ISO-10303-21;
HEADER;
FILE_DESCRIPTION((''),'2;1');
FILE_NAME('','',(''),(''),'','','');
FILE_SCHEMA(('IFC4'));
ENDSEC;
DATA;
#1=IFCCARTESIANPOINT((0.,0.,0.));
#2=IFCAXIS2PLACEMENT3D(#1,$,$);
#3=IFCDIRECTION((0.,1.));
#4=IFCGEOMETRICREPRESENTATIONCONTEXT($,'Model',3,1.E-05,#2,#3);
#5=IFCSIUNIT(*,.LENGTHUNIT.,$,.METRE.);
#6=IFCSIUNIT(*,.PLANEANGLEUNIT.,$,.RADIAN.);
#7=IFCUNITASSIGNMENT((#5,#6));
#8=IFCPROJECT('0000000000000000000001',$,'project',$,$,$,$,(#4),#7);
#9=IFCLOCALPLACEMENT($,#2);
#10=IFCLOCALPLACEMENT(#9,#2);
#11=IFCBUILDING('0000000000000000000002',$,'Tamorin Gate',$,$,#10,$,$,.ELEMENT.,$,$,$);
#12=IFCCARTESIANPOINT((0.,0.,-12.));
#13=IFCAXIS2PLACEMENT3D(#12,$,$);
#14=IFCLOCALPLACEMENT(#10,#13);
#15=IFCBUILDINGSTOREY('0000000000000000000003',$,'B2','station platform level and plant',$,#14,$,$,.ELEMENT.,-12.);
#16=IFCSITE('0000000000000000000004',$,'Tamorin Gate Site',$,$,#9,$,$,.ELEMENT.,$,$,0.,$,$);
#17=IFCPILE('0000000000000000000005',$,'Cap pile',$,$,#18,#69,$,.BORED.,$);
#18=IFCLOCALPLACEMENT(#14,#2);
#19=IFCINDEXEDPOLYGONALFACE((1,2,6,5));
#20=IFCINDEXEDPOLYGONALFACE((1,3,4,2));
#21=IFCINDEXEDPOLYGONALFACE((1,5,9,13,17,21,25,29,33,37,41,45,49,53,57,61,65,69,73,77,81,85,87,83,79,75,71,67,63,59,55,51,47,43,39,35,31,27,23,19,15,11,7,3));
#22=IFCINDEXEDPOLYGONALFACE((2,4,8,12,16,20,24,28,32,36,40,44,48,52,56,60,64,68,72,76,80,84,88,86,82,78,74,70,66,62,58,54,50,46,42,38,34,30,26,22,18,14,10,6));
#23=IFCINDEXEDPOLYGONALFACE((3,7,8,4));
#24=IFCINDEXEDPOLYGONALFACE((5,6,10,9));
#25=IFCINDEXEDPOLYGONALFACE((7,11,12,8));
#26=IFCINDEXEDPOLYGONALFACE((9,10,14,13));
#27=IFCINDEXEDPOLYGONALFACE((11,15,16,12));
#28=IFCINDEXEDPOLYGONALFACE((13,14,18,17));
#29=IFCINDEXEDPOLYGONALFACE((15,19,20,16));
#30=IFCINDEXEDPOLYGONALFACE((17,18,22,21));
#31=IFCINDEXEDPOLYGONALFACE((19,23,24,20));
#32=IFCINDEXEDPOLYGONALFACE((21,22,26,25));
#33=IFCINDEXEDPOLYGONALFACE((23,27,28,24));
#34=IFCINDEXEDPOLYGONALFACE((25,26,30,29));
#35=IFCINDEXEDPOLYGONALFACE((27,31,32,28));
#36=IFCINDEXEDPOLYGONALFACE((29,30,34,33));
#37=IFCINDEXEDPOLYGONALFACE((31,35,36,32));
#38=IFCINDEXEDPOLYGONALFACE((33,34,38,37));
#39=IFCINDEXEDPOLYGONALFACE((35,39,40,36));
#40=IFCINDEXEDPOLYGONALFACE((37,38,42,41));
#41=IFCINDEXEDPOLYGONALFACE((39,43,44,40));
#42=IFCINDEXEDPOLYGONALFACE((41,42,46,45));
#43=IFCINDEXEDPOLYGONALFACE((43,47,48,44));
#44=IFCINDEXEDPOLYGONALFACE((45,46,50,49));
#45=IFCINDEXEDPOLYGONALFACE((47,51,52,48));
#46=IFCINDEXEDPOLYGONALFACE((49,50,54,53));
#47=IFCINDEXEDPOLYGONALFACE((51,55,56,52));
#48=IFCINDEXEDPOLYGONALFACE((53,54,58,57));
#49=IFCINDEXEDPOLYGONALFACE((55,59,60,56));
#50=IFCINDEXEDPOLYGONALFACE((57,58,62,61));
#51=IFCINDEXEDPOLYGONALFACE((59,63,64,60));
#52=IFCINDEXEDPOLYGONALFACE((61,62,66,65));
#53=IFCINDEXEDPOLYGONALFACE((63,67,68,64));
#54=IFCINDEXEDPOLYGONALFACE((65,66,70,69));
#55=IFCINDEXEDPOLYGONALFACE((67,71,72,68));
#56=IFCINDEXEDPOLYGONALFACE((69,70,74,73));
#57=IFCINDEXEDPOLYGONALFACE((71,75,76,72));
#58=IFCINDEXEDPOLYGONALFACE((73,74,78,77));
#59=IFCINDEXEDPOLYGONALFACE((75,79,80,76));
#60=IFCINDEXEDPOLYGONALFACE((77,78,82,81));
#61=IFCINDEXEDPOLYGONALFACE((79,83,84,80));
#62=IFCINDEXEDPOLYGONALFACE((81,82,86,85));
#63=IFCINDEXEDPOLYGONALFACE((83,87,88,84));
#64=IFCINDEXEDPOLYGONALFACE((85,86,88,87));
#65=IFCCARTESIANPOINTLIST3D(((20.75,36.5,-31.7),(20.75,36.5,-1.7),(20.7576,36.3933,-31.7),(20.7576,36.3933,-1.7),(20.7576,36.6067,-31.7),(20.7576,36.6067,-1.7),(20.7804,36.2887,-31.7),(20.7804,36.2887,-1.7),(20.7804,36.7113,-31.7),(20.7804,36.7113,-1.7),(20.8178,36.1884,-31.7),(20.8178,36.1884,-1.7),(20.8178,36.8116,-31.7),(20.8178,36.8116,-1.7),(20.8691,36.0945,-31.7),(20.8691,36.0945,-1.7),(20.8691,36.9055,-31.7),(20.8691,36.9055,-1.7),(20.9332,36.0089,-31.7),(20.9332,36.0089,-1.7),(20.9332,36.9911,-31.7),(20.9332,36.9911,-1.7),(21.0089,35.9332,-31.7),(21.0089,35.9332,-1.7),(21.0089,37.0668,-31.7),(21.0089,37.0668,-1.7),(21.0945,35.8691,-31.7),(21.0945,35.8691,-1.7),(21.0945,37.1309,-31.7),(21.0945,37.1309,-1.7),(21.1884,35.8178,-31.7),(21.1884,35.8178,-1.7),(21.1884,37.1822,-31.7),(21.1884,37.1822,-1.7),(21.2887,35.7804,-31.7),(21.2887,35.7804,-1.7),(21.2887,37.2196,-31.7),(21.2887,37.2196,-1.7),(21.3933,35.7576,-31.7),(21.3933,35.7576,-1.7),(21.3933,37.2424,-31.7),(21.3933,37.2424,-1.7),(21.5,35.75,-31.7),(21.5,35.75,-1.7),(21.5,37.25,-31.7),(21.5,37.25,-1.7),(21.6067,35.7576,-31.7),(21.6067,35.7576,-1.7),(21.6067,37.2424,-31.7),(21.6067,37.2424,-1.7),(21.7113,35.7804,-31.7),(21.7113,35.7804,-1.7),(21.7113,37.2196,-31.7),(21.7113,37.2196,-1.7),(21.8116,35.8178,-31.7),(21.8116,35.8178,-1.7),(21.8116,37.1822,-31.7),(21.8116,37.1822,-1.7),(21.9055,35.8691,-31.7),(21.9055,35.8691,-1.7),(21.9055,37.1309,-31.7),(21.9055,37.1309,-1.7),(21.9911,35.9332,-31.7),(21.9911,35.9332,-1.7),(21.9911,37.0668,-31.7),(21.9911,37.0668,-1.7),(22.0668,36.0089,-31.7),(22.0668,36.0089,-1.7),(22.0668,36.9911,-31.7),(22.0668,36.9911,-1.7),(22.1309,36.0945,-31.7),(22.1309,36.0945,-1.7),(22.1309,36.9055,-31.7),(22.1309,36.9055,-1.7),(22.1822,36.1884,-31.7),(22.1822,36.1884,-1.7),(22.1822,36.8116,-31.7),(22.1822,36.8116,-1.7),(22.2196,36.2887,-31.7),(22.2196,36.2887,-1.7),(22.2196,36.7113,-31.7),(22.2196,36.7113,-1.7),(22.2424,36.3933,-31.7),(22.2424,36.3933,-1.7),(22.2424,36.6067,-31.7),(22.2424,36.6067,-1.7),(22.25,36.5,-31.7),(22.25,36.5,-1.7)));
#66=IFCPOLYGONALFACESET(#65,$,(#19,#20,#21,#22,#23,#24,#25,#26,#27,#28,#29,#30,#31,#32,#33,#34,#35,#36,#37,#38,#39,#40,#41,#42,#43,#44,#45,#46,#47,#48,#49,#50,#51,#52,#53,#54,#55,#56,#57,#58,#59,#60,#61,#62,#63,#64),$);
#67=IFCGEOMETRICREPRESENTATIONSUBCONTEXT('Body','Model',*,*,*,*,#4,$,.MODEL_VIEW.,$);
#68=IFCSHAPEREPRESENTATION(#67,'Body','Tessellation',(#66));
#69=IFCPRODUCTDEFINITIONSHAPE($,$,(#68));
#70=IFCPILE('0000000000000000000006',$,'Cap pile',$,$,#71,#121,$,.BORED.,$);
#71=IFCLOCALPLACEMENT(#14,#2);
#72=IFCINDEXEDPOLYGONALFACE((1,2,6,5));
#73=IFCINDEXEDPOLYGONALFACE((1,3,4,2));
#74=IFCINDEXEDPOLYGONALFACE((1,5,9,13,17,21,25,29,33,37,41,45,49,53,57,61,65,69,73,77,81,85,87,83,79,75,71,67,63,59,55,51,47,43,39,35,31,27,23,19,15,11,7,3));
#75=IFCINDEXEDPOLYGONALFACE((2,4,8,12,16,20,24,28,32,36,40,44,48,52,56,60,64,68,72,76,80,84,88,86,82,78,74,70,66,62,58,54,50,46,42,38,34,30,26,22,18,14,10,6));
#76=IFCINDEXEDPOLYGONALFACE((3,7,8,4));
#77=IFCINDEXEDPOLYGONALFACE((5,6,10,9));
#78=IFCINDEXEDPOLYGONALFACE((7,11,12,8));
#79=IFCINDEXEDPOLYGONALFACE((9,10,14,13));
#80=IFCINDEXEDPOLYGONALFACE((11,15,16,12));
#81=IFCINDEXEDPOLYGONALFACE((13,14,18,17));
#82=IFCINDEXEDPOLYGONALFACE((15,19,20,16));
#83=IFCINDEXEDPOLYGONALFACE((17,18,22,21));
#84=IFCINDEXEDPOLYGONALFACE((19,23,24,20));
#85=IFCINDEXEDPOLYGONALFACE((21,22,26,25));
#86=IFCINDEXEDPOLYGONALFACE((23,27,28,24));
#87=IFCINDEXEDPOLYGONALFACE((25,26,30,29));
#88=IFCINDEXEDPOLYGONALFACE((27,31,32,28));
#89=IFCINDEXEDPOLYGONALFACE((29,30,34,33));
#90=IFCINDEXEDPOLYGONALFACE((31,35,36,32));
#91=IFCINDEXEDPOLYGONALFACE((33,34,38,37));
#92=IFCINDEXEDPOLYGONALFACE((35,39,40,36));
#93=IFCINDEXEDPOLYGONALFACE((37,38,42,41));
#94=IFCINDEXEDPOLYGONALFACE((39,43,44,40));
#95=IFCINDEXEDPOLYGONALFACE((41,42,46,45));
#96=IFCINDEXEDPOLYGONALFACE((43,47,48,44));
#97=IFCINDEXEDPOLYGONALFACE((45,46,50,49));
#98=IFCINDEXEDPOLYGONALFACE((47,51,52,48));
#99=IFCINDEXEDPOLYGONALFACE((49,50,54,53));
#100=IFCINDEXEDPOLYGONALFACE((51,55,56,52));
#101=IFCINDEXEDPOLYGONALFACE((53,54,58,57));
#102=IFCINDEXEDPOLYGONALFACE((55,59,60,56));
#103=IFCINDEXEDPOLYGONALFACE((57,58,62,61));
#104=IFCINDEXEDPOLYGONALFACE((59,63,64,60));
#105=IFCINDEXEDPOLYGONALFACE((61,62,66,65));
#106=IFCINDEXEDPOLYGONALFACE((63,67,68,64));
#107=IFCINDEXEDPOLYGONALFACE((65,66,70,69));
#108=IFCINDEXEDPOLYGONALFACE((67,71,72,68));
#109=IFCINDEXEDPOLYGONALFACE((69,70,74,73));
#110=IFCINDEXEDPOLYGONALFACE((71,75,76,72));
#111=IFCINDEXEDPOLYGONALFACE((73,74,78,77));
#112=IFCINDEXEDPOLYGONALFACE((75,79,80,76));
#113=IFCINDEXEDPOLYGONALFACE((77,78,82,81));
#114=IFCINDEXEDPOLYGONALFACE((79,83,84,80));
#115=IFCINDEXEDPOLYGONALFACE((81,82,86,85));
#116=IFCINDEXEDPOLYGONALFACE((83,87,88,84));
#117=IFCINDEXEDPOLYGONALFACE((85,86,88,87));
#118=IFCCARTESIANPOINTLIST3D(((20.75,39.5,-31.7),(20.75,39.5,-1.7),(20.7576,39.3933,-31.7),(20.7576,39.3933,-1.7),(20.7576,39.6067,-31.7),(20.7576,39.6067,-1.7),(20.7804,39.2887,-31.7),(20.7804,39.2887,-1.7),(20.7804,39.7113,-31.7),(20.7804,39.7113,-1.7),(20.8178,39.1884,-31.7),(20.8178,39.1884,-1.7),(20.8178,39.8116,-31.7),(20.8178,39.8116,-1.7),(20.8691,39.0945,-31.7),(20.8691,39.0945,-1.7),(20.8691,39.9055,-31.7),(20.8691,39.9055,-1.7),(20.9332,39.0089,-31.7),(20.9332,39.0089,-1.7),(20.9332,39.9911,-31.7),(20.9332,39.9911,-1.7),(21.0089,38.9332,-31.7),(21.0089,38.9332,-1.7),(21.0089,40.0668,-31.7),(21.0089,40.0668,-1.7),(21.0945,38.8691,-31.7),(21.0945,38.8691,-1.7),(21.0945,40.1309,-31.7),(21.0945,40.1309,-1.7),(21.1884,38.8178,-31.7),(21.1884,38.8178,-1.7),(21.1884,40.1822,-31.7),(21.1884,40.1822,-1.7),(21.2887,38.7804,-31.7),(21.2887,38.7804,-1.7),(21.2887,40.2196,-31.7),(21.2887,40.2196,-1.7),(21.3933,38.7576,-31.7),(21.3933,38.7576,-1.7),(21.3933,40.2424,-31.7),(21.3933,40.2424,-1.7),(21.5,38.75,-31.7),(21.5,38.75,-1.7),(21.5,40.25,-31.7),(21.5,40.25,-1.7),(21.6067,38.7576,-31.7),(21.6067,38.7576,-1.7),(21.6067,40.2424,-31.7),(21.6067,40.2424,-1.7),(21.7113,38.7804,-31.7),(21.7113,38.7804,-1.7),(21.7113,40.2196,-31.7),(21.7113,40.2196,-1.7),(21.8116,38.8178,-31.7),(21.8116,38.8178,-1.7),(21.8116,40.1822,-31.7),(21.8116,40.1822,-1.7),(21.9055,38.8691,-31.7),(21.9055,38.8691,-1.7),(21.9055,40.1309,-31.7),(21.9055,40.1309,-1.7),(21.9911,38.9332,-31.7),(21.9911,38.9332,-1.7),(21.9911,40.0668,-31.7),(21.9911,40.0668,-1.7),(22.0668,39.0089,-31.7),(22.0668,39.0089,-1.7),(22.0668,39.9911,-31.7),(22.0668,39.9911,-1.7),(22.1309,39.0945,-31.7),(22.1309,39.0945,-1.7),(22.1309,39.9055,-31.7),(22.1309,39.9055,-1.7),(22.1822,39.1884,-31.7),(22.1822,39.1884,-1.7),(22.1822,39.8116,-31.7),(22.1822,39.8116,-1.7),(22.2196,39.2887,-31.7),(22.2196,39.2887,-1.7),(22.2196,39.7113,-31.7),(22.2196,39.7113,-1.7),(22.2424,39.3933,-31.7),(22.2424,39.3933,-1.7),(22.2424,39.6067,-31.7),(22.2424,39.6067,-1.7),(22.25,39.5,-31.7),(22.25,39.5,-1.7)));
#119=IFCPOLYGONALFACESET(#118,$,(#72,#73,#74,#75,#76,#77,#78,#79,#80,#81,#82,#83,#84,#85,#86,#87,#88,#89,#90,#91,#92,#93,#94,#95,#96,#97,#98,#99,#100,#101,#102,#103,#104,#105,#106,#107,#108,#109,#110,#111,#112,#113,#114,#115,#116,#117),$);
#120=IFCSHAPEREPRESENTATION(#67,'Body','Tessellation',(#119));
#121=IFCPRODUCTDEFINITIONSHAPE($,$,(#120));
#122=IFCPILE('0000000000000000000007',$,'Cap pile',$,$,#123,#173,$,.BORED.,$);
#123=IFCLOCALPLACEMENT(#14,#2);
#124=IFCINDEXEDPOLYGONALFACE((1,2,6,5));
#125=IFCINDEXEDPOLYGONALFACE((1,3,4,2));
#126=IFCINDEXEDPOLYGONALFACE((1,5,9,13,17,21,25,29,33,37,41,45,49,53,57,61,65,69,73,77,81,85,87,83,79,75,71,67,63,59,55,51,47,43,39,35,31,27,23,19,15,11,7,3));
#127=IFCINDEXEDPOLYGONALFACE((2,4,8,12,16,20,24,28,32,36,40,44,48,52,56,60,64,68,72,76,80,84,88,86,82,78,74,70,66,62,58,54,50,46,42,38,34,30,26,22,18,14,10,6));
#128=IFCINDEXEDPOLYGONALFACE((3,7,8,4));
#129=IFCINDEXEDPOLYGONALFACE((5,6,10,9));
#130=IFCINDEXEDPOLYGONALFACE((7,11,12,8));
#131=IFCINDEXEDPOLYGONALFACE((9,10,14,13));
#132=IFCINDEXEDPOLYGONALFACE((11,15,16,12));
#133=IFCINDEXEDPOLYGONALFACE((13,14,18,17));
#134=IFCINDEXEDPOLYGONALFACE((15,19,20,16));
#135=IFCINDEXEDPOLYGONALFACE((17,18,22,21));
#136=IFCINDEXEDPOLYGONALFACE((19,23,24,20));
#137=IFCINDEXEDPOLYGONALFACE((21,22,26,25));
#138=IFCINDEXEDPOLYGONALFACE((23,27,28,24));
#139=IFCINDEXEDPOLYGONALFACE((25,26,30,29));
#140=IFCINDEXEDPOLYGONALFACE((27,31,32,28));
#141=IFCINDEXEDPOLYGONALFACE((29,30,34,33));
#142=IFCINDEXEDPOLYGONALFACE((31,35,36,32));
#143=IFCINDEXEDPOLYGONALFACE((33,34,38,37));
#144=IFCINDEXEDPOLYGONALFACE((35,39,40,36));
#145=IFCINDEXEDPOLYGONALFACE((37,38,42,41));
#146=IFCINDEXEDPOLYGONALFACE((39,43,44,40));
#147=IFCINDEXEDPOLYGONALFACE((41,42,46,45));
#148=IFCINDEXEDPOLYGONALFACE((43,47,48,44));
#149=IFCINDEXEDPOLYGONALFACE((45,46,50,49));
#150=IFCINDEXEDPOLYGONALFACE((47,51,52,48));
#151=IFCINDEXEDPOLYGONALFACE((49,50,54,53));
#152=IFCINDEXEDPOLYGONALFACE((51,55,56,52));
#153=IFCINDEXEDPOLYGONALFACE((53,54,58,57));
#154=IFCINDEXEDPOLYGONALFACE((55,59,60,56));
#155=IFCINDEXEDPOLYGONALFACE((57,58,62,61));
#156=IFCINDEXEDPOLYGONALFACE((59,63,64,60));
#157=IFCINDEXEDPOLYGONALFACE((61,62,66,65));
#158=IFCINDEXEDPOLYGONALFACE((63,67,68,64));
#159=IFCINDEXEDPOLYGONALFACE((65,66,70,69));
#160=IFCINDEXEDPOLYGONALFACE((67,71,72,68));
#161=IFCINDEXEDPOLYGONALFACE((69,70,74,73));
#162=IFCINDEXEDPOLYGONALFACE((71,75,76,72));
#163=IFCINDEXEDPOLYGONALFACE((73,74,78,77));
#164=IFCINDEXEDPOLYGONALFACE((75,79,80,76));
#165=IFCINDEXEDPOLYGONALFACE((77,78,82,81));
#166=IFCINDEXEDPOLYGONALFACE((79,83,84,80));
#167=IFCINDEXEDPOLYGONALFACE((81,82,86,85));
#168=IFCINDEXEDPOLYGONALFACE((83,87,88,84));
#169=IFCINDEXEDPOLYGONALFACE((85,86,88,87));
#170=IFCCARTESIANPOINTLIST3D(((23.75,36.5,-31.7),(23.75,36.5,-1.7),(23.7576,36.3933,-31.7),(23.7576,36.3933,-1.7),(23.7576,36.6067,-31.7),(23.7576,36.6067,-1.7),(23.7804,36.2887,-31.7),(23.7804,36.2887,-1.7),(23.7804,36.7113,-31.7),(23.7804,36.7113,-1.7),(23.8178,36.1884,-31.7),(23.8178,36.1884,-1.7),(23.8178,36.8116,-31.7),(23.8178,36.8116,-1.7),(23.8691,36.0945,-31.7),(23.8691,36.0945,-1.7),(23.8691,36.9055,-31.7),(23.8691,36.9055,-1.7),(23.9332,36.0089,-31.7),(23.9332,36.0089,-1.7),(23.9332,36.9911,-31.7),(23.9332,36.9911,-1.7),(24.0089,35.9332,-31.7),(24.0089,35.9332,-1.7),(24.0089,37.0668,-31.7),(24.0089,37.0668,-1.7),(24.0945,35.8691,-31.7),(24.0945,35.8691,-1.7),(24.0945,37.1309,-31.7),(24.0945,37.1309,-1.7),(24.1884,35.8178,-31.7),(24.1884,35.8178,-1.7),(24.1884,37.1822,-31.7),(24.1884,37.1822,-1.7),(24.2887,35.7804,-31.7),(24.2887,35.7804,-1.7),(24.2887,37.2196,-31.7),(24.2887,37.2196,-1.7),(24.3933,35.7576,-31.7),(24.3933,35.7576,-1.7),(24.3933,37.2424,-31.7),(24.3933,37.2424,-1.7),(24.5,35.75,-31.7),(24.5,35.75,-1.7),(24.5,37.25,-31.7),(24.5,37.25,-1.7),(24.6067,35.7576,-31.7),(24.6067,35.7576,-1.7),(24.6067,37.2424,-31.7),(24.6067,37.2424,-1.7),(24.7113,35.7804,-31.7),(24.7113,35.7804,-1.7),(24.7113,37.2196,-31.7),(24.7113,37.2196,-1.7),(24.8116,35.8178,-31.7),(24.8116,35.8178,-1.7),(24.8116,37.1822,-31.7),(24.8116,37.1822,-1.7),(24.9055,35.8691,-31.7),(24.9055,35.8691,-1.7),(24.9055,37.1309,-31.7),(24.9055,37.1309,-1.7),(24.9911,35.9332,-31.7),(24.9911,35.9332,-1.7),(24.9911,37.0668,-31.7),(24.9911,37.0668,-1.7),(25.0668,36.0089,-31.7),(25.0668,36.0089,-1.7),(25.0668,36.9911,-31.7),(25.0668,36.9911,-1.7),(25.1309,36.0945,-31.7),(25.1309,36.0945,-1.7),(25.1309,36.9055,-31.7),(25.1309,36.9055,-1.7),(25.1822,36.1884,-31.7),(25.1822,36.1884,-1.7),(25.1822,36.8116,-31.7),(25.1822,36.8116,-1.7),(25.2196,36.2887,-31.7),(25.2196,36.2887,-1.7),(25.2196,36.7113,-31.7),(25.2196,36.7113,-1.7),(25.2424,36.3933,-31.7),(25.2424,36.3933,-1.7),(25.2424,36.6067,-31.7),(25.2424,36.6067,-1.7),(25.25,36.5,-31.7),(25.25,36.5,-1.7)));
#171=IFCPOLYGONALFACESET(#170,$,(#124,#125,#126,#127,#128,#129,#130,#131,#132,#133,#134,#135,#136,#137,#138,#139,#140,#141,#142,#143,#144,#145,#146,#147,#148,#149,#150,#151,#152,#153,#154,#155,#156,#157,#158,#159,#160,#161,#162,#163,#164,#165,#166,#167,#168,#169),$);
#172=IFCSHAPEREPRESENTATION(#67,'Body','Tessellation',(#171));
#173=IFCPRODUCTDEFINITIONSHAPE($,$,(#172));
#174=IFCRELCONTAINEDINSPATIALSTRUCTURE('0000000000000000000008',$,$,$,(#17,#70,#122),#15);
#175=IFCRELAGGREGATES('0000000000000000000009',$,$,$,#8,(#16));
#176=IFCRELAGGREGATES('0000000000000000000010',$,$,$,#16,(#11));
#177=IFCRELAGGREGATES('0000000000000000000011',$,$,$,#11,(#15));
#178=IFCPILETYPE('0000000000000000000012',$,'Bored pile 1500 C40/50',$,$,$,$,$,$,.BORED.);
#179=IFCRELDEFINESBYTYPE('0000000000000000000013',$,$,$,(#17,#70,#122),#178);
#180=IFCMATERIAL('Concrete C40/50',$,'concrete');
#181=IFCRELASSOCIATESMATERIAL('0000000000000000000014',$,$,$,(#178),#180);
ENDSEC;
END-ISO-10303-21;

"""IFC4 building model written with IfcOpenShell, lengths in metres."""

from ifc_helpers import new_model, si_unit, direction, frame, origin, origin_2d, place, context, subcontext, project, spatial, circle, extrude, material, material_profile, profile_set, type_object, element, save


model = new_model("IFC4")

# Units and contexts
model_context = context("Model", 3, precision=1e-05, world=origin(), true_north=direction((0.0, 1.0)))
body_context = subcontext(model_context, "Body", "Model", "MODEL_VIEW")
ifc_project = project(units=[si_unit("LENGTHUNIT", "METRE"), si_unit("PLANEANGLEUNIT", "RADIAN")], contexts=[model_context])

# Site, building, storey
site_placement = place(None, origin())
site = spatial("IfcSite", under=ifc_project, at=site_placement, Name="Tamorin Gate Site", CompositionType="ELEMENT", RefElevation=0.0)
building_placement = place(site_placement, origin())
building = spatial("IfcBuilding", under=site, at=building_placement, Name="Tamorin Gate", CompositionType="ELEMENT")
storey_placement = place(building_placement, frame((0.0, 0.0, -12.0)))
storey = spatial("IfcBuildingStorey", under=building, at=storey_placement, Name="B2", Description="station platform level and plant", CompositionType="ELEMENT", Elevation=-12.0)

# Piles
ifc_material_1 = material(Name="Concrete C40/50", Category="concrete")
ifc_material_profile_1 = material_profile(ifc_material_1, circle(Radius=0.75, at=origin_2d()))
ifc_profile_set_1 = profile_set([ifc_material_profile_1], Name="Concrete C40/50")
pile_type = type_object("IfcPileType", Name="Bored pile 1500 C40/50", PredefinedType="BORED", material=ifc_profile_set_1)
for number, where, z_axis, x_axis, name in (
    (1, (21.5, 36.5, -1.7), (0.0, 0.0, -1.0), (1.0, 0.0, 0.0), "Cap pile"),
    (2, (21.5, 39.5, -1.7), (0.0, 0.0, -1.0), (1.0, 0.0, 0.0), "Cap pile"),
    (3, (24.5, 36.5, -1.7), (0.0, 0.0, -1.0), (1.0, 0.0, 0.0), "Cap pile"),
):
    element("IfcPile", number, at=place(storey_placement, frame(where, z_axis=z_axis, x_axis=x_axis)), inside=storey, type_object=pile_type, Name=name, PredefinedType="BORED", context=body_context, shape_type="SweptSolid", body=[
        extrude(circle(Radius=0.75, at=origin_2d()), origin(), (0.0, 0.0, 1.0), 30.0),
    ])

save(model, "model.ifc")
